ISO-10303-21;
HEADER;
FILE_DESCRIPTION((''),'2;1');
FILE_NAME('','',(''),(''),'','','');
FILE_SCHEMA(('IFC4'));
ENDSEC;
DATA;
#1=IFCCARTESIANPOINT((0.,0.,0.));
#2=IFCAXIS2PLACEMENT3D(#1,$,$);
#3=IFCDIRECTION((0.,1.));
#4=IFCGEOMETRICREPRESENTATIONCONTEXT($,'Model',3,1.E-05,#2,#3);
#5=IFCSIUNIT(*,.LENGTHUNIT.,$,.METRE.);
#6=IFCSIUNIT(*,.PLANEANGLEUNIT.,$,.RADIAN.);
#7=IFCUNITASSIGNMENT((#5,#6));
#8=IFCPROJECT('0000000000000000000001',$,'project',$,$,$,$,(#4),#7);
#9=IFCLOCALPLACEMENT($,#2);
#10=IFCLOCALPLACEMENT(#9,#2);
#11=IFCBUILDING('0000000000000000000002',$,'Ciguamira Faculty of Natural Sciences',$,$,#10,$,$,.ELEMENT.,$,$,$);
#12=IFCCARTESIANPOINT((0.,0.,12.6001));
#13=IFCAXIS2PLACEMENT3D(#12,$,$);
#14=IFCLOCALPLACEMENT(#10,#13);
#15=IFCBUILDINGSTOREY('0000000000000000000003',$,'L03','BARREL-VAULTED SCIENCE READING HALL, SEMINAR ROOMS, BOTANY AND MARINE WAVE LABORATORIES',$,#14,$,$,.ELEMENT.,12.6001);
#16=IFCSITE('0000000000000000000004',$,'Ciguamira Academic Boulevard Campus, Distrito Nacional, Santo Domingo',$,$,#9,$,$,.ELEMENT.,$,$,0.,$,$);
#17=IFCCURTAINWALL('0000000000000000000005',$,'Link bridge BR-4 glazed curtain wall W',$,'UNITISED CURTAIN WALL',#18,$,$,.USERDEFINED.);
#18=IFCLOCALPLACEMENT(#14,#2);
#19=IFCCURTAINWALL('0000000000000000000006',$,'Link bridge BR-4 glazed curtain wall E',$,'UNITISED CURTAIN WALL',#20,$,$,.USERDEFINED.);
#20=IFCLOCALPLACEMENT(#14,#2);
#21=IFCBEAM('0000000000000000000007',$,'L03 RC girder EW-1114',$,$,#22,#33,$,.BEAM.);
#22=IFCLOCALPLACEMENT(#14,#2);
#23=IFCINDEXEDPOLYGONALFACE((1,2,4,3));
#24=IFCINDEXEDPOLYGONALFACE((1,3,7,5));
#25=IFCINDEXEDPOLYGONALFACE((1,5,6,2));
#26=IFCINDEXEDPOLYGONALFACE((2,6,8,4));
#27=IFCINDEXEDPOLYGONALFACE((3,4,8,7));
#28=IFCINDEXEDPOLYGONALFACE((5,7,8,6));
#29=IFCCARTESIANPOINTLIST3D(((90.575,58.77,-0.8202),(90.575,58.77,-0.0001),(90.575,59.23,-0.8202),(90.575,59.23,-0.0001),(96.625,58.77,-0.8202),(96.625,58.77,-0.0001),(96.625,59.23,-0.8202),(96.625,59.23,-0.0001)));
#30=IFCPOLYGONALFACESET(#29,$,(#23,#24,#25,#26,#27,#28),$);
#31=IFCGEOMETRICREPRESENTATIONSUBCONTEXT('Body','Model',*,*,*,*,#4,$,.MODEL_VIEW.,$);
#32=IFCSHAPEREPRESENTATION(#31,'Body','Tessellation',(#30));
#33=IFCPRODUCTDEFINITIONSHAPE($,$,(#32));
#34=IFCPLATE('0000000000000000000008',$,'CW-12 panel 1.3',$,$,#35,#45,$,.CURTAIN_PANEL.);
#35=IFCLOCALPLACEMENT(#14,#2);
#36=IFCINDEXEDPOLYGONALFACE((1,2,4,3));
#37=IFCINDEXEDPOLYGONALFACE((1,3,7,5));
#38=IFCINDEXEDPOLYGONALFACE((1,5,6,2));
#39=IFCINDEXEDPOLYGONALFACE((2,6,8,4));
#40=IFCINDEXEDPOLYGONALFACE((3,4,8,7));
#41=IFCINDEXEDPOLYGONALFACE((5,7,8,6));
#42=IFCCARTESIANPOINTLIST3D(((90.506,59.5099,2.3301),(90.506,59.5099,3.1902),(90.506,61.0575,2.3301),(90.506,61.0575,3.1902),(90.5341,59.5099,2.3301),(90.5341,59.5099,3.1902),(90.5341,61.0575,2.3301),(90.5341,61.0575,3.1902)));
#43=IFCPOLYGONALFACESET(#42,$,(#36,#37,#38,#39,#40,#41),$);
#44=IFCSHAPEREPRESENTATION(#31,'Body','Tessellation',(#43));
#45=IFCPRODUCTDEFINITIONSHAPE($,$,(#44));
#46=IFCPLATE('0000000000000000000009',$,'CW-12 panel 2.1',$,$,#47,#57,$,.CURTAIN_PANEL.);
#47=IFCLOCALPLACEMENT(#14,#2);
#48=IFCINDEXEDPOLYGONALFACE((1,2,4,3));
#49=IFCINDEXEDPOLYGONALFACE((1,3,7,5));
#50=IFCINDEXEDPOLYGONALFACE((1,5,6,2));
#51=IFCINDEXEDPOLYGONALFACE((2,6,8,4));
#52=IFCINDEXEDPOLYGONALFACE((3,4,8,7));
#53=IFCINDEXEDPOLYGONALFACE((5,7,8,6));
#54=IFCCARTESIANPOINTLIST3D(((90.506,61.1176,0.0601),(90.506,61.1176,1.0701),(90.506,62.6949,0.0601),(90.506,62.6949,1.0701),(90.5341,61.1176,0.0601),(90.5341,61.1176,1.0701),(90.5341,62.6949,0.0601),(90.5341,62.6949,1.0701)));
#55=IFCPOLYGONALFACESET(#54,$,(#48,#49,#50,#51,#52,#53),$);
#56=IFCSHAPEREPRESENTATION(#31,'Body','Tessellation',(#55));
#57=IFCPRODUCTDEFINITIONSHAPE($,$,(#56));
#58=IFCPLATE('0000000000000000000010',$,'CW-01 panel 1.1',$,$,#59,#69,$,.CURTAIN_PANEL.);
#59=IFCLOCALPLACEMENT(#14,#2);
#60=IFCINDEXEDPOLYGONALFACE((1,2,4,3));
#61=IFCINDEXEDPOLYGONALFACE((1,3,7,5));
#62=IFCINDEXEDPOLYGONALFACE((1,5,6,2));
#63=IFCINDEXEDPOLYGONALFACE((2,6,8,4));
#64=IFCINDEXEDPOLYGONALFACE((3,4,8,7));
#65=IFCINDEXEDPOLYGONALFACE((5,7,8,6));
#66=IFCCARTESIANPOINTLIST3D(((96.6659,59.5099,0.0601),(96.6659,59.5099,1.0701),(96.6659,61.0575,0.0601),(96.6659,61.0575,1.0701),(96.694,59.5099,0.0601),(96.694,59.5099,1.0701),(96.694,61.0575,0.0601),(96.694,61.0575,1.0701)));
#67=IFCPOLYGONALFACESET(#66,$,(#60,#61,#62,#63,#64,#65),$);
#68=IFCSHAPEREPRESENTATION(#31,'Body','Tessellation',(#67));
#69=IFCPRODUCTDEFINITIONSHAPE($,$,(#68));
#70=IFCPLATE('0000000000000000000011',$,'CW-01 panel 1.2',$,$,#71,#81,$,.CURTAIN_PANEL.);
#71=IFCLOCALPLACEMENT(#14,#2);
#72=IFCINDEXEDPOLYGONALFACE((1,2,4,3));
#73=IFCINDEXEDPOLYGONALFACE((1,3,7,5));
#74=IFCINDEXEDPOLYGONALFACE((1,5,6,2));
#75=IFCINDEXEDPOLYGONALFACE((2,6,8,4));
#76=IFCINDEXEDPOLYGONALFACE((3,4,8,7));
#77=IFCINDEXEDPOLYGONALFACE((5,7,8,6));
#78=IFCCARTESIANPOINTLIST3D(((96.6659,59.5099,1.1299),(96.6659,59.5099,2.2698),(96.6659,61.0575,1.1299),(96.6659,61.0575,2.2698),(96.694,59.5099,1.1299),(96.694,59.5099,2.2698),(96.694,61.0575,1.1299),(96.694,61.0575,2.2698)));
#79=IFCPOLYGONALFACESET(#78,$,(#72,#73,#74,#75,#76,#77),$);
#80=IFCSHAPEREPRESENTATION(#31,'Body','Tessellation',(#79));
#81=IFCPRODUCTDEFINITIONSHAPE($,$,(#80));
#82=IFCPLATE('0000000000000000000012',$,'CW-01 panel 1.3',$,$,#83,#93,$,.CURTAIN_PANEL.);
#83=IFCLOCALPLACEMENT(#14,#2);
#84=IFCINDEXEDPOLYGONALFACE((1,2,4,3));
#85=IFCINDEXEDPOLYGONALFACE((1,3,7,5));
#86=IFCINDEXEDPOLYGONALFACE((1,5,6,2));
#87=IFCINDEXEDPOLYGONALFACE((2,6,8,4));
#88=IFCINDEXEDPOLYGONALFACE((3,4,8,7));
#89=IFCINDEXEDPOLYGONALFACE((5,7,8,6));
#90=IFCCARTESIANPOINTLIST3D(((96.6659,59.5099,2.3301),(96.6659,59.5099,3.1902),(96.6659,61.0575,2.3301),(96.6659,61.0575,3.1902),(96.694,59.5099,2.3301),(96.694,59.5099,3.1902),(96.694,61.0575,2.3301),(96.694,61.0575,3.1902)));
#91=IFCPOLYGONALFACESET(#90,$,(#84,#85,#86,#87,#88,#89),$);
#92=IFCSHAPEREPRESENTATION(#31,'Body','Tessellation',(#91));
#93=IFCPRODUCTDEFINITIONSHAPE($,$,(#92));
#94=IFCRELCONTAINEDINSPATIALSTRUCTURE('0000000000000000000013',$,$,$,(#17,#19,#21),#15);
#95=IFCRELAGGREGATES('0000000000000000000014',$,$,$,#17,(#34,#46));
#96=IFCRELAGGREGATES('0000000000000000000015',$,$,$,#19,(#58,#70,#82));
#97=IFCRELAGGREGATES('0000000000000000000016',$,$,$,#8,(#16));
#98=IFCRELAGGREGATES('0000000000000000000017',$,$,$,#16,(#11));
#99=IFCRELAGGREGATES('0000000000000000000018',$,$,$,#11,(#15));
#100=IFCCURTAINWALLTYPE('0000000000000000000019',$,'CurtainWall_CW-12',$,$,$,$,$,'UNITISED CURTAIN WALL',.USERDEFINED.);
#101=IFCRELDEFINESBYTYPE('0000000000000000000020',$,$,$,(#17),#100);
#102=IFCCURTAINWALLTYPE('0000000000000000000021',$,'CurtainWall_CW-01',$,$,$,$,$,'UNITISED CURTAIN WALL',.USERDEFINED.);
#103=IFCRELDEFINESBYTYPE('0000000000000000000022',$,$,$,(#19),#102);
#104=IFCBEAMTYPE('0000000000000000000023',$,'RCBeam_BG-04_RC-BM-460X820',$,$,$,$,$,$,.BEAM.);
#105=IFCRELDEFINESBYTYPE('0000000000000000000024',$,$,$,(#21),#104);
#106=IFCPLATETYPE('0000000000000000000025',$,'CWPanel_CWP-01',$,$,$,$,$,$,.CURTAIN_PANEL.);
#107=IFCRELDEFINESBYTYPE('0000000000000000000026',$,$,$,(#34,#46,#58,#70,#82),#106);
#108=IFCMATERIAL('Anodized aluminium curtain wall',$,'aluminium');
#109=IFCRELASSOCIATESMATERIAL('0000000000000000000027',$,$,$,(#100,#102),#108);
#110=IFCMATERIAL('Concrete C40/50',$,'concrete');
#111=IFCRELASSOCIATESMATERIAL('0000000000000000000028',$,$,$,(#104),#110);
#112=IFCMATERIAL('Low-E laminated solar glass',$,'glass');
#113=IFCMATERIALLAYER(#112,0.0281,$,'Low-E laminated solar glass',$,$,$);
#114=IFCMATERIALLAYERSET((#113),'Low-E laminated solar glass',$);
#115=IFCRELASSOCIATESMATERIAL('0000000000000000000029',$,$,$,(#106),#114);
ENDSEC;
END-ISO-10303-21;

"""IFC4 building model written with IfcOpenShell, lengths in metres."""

from ifc_helpers import new_model, si_unit, direction, frame, origin, origin_2d, place, context, subcontext, project, spatial, rectangle, extrude, material, layer, layer_set, material_profile, profile_set, type_object, element, aggregate, save


model = new_model("IFC4")

# Units and contexts
model_context = context("Model", 3, precision=1e-05, world=origin(), true_north=direction((0.0, 1.0)))
body_context = subcontext(model_context, "Body", "Model", "MODEL_VIEW")
ifc_project = project(units=[si_unit("LENGTHUNIT", "METRE"), si_unit("PLANEANGLEUNIT", "RADIAN")], contexts=[model_context])

# Site, building, storey
site_placement = place(None, origin())
site = spatial("IfcSite", under=ifc_project, at=site_placement, Name="Ciguamira Academic Boulevard Campus, Distrito Nacional, Santo Domingo", CompositionType="ELEMENT", RefElevation=0.0)
building_placement = place(site_placement, origin())
building = spatial("IfcBuilding", under=site, at=building_placement, Name="Ciguamira Faculty of Natural Sciences", CompositionType="ELEMENT")
storey_placement = place(building_placement, frame((0.0, 0.0, 12.6001)))
storey = spatial("IfcBuildingStorey", under=building, at=storey_placement, Name="L03", Description="BARREL-VAULTED SCIENCE READING HALL, SEMINAR ROOMS, BOTANY AND MARINE WAVE LABORATORIES", CompositionType="ELEMENT", Elevation=12.6001)

# Curtain wall
ifc_material_1 = material(Name="Anodized aluminium curtain wall", Category="aluminium")
curtain_wall_type_1 = type_object("IfcCurtainWallType", Name="CurtainWall_CW-12", ElementType="UNITISED CURTAIN WALL", PredefinedType="USERDEFINED", material=ifc_material_1)
curtain_wall_1_placement = place(storey_placement, origin())
curtain_wall_1 = element("IfcCurtainWall", 1, at=curtain_wall_1_placement, inside=storey, type_object=curtain_wall_type_1, Name="Link bridge BR-4 glazed curtain wall W", ObjectType="UNITISED CURTAIN WALL", PredefinedType="USERDEFINED")

# Curtain wall
curtain_wall_type_2 = type_object("IfcCurtainWallType", Name="CurtainWall_CW-01", ElementType="UNITISED CURTAIN WALL", PredefinedType="USERDEFINED", material=ifc_material_1)
curtain_wall_2_placement = place(storey_placement, origin())
curtain_wall_2 = element("IfcCurtainWall", 2, at=curtain_wall_2_placement, inside=storey, type_object=curtain_wall_type_2, Name="Link bridge BR-4 glazed curtain wall E", ObjectType="UNITISED CURTAIN WALL", PredefinedType="USERDEFINED")

# Beam
ifc_material_2 = material(Name="Concrete C40/50", Category="concrete")
ifc_material_profile_1 = material_profile(ifc_material_2, rectangle(XDim=0.46, YDim=0.8201, at=origin_2d()), Name="RC-BM-460X820")
ifc_profile_set_1 = profile_set([ifc_material_profile_1], Name="Concrete C40/50")
beam_type = type_object("IfcBeamType", Name="RCBeam_BG-04_RC-BM-460X820", PredefinedType="BEAM", material=ifc_profile_set_1)
beam_placement = place(storey_placement, frame((90.575, 59.0, -0.4102), z_axis=(1.0, 0.0, 0.0), x_axis=(0.0, 1.0, 0.0)))
element("IfcBeam", 3, at=beam_placement, inside=storey, type_object=beam_type, Name="L03 RC girder EW-1114", PredefinedType="BEAM", context=body_context, shape_type="SweptSolid", body=[
    extrude(rectangle(XDim=0.46, YDim=0.8201, at=origin_2d()), origin(), (0.0, 0.0, 1.0), 6.05),
])

# Plates
ifc_material_3 = material(Name="Low-E laminated solar glass", Category="glass")
ifc_layer_1 = layer(ifc_material_3, 0.0281, Name="Low-E laminated solar glass")
ifc_layer_set_1 = layer_set([ifc_layer_1], Name="Low-E laminated solar glass")
plate_type = type_object("IfcPlateType", Name="CWPanel_CWP-01", PredefinedType="CURTAIN_PANEL", material=ifc_layer_set_1)
plate_1_placement = place(storey_placement, frame((90.52, 60.2837, 2.3301), z_axis=(0.0, 0.0, 1.0), x_axis=(0.0, 1.0, 0.0)))
plate_1 = element("IfcPlate", 4, at=plate_1_placement, type_object=plate_type, Name="CW-12 panel 1.3", PredefinedType="CURTAIN_PANEL", context=body_context, shape_type="SweptSolid", body=[
    extrude(rectangle(XDim=1.5476, YDim=0.0281, at=origin_2d()), origin(), (0.0, 0.0, 1.0), 0.8601),
])
plate_2_placement = place(storey_placement, frame((90.52, 61.9062, 0.0601), z_axis=(0.0, 0.0, 1.0), x_axis=(0.0, 1.0, 0.0)))
plate_2 = element("IfcPlate", 5, at=plate_2_placement, type_object=plate_type, Name="CW-12 panel 2.1", PredefinedType="CURTAIN_PANEL", context=body_context, shape_type="SweptSolid", body=[
    extrude(rectangle(XDim=1.5774, YDim=0.0281, at=origin_2d()), origin(), (0.0, 0.0, 1.0), 1.01),
])
aggregate(curtain_wall_1, [plate_1, plate_2])
plate_3_placement = place(storey_placement, frame((96.6799, 60.2837, 0.0601), z_axis=(0.0, 0.0, 1.0), x_axis=(0.0, 1.0, 0.0)))
plate_3 = element("IfcPlate", 6, at=plate_3_placement, type_object=plate_type, Name="CW-01 panel 1.1", PredefinedType="CURTAIN_PANEL", context=body_context, shape_type="SweptSolid", body=[
    extrude(rectangle(XDim=1.5476, YDim=0.0281, at=origin_2d()), origin(), (0.0, 0.0, 1.0), 1.01),
])
plate_4_placement = place(storey_placement, frame((96.6799, 60.2837, 1.1299), z_axis=(0.0, 0.0, 1.0), x_axis=(0.0, 1.0, 0.0)))
plate_4 = element("IfcPlate", 7, at=plate_4_placement, type_object=plate_type, Name="CW-01 panel 1.2", PredefinedType="CURTAIN_PANEL", context=body_context, shape_type="SweptSolid", body=[
    extrude(rectangle(XDim=1.5476, YDim=0.0281, at=origin_2d()), origin(), (0.0, 0.0, 1.0), 1.1399),
])
plate_5_placement = place(storey_placement, frame((96.6799, 60.2837, 2.3301), z_axis=(0.0, 0.0, 1.0), x_axis=(0.0, 1.0, 0.0)))
plate_5 = element("IfcPlate", 8, at=plate_5_placement, type_object=plate_type, Name="CW-01 panel 1.3", PredefinedType="CURTAIN_PANEL", context=body_context, shape_type="SweptSolid", body=[
    extrude(rectangle(XDim=1.5476, YDim=0.0281, at=origin_2d()), origin(), (0.0, 0.0, 1.0), 0.8601),
])
aggregate(curtain_wall_2, [plate_3, plate_4, plate_5])

save(model, "model.ifc")
